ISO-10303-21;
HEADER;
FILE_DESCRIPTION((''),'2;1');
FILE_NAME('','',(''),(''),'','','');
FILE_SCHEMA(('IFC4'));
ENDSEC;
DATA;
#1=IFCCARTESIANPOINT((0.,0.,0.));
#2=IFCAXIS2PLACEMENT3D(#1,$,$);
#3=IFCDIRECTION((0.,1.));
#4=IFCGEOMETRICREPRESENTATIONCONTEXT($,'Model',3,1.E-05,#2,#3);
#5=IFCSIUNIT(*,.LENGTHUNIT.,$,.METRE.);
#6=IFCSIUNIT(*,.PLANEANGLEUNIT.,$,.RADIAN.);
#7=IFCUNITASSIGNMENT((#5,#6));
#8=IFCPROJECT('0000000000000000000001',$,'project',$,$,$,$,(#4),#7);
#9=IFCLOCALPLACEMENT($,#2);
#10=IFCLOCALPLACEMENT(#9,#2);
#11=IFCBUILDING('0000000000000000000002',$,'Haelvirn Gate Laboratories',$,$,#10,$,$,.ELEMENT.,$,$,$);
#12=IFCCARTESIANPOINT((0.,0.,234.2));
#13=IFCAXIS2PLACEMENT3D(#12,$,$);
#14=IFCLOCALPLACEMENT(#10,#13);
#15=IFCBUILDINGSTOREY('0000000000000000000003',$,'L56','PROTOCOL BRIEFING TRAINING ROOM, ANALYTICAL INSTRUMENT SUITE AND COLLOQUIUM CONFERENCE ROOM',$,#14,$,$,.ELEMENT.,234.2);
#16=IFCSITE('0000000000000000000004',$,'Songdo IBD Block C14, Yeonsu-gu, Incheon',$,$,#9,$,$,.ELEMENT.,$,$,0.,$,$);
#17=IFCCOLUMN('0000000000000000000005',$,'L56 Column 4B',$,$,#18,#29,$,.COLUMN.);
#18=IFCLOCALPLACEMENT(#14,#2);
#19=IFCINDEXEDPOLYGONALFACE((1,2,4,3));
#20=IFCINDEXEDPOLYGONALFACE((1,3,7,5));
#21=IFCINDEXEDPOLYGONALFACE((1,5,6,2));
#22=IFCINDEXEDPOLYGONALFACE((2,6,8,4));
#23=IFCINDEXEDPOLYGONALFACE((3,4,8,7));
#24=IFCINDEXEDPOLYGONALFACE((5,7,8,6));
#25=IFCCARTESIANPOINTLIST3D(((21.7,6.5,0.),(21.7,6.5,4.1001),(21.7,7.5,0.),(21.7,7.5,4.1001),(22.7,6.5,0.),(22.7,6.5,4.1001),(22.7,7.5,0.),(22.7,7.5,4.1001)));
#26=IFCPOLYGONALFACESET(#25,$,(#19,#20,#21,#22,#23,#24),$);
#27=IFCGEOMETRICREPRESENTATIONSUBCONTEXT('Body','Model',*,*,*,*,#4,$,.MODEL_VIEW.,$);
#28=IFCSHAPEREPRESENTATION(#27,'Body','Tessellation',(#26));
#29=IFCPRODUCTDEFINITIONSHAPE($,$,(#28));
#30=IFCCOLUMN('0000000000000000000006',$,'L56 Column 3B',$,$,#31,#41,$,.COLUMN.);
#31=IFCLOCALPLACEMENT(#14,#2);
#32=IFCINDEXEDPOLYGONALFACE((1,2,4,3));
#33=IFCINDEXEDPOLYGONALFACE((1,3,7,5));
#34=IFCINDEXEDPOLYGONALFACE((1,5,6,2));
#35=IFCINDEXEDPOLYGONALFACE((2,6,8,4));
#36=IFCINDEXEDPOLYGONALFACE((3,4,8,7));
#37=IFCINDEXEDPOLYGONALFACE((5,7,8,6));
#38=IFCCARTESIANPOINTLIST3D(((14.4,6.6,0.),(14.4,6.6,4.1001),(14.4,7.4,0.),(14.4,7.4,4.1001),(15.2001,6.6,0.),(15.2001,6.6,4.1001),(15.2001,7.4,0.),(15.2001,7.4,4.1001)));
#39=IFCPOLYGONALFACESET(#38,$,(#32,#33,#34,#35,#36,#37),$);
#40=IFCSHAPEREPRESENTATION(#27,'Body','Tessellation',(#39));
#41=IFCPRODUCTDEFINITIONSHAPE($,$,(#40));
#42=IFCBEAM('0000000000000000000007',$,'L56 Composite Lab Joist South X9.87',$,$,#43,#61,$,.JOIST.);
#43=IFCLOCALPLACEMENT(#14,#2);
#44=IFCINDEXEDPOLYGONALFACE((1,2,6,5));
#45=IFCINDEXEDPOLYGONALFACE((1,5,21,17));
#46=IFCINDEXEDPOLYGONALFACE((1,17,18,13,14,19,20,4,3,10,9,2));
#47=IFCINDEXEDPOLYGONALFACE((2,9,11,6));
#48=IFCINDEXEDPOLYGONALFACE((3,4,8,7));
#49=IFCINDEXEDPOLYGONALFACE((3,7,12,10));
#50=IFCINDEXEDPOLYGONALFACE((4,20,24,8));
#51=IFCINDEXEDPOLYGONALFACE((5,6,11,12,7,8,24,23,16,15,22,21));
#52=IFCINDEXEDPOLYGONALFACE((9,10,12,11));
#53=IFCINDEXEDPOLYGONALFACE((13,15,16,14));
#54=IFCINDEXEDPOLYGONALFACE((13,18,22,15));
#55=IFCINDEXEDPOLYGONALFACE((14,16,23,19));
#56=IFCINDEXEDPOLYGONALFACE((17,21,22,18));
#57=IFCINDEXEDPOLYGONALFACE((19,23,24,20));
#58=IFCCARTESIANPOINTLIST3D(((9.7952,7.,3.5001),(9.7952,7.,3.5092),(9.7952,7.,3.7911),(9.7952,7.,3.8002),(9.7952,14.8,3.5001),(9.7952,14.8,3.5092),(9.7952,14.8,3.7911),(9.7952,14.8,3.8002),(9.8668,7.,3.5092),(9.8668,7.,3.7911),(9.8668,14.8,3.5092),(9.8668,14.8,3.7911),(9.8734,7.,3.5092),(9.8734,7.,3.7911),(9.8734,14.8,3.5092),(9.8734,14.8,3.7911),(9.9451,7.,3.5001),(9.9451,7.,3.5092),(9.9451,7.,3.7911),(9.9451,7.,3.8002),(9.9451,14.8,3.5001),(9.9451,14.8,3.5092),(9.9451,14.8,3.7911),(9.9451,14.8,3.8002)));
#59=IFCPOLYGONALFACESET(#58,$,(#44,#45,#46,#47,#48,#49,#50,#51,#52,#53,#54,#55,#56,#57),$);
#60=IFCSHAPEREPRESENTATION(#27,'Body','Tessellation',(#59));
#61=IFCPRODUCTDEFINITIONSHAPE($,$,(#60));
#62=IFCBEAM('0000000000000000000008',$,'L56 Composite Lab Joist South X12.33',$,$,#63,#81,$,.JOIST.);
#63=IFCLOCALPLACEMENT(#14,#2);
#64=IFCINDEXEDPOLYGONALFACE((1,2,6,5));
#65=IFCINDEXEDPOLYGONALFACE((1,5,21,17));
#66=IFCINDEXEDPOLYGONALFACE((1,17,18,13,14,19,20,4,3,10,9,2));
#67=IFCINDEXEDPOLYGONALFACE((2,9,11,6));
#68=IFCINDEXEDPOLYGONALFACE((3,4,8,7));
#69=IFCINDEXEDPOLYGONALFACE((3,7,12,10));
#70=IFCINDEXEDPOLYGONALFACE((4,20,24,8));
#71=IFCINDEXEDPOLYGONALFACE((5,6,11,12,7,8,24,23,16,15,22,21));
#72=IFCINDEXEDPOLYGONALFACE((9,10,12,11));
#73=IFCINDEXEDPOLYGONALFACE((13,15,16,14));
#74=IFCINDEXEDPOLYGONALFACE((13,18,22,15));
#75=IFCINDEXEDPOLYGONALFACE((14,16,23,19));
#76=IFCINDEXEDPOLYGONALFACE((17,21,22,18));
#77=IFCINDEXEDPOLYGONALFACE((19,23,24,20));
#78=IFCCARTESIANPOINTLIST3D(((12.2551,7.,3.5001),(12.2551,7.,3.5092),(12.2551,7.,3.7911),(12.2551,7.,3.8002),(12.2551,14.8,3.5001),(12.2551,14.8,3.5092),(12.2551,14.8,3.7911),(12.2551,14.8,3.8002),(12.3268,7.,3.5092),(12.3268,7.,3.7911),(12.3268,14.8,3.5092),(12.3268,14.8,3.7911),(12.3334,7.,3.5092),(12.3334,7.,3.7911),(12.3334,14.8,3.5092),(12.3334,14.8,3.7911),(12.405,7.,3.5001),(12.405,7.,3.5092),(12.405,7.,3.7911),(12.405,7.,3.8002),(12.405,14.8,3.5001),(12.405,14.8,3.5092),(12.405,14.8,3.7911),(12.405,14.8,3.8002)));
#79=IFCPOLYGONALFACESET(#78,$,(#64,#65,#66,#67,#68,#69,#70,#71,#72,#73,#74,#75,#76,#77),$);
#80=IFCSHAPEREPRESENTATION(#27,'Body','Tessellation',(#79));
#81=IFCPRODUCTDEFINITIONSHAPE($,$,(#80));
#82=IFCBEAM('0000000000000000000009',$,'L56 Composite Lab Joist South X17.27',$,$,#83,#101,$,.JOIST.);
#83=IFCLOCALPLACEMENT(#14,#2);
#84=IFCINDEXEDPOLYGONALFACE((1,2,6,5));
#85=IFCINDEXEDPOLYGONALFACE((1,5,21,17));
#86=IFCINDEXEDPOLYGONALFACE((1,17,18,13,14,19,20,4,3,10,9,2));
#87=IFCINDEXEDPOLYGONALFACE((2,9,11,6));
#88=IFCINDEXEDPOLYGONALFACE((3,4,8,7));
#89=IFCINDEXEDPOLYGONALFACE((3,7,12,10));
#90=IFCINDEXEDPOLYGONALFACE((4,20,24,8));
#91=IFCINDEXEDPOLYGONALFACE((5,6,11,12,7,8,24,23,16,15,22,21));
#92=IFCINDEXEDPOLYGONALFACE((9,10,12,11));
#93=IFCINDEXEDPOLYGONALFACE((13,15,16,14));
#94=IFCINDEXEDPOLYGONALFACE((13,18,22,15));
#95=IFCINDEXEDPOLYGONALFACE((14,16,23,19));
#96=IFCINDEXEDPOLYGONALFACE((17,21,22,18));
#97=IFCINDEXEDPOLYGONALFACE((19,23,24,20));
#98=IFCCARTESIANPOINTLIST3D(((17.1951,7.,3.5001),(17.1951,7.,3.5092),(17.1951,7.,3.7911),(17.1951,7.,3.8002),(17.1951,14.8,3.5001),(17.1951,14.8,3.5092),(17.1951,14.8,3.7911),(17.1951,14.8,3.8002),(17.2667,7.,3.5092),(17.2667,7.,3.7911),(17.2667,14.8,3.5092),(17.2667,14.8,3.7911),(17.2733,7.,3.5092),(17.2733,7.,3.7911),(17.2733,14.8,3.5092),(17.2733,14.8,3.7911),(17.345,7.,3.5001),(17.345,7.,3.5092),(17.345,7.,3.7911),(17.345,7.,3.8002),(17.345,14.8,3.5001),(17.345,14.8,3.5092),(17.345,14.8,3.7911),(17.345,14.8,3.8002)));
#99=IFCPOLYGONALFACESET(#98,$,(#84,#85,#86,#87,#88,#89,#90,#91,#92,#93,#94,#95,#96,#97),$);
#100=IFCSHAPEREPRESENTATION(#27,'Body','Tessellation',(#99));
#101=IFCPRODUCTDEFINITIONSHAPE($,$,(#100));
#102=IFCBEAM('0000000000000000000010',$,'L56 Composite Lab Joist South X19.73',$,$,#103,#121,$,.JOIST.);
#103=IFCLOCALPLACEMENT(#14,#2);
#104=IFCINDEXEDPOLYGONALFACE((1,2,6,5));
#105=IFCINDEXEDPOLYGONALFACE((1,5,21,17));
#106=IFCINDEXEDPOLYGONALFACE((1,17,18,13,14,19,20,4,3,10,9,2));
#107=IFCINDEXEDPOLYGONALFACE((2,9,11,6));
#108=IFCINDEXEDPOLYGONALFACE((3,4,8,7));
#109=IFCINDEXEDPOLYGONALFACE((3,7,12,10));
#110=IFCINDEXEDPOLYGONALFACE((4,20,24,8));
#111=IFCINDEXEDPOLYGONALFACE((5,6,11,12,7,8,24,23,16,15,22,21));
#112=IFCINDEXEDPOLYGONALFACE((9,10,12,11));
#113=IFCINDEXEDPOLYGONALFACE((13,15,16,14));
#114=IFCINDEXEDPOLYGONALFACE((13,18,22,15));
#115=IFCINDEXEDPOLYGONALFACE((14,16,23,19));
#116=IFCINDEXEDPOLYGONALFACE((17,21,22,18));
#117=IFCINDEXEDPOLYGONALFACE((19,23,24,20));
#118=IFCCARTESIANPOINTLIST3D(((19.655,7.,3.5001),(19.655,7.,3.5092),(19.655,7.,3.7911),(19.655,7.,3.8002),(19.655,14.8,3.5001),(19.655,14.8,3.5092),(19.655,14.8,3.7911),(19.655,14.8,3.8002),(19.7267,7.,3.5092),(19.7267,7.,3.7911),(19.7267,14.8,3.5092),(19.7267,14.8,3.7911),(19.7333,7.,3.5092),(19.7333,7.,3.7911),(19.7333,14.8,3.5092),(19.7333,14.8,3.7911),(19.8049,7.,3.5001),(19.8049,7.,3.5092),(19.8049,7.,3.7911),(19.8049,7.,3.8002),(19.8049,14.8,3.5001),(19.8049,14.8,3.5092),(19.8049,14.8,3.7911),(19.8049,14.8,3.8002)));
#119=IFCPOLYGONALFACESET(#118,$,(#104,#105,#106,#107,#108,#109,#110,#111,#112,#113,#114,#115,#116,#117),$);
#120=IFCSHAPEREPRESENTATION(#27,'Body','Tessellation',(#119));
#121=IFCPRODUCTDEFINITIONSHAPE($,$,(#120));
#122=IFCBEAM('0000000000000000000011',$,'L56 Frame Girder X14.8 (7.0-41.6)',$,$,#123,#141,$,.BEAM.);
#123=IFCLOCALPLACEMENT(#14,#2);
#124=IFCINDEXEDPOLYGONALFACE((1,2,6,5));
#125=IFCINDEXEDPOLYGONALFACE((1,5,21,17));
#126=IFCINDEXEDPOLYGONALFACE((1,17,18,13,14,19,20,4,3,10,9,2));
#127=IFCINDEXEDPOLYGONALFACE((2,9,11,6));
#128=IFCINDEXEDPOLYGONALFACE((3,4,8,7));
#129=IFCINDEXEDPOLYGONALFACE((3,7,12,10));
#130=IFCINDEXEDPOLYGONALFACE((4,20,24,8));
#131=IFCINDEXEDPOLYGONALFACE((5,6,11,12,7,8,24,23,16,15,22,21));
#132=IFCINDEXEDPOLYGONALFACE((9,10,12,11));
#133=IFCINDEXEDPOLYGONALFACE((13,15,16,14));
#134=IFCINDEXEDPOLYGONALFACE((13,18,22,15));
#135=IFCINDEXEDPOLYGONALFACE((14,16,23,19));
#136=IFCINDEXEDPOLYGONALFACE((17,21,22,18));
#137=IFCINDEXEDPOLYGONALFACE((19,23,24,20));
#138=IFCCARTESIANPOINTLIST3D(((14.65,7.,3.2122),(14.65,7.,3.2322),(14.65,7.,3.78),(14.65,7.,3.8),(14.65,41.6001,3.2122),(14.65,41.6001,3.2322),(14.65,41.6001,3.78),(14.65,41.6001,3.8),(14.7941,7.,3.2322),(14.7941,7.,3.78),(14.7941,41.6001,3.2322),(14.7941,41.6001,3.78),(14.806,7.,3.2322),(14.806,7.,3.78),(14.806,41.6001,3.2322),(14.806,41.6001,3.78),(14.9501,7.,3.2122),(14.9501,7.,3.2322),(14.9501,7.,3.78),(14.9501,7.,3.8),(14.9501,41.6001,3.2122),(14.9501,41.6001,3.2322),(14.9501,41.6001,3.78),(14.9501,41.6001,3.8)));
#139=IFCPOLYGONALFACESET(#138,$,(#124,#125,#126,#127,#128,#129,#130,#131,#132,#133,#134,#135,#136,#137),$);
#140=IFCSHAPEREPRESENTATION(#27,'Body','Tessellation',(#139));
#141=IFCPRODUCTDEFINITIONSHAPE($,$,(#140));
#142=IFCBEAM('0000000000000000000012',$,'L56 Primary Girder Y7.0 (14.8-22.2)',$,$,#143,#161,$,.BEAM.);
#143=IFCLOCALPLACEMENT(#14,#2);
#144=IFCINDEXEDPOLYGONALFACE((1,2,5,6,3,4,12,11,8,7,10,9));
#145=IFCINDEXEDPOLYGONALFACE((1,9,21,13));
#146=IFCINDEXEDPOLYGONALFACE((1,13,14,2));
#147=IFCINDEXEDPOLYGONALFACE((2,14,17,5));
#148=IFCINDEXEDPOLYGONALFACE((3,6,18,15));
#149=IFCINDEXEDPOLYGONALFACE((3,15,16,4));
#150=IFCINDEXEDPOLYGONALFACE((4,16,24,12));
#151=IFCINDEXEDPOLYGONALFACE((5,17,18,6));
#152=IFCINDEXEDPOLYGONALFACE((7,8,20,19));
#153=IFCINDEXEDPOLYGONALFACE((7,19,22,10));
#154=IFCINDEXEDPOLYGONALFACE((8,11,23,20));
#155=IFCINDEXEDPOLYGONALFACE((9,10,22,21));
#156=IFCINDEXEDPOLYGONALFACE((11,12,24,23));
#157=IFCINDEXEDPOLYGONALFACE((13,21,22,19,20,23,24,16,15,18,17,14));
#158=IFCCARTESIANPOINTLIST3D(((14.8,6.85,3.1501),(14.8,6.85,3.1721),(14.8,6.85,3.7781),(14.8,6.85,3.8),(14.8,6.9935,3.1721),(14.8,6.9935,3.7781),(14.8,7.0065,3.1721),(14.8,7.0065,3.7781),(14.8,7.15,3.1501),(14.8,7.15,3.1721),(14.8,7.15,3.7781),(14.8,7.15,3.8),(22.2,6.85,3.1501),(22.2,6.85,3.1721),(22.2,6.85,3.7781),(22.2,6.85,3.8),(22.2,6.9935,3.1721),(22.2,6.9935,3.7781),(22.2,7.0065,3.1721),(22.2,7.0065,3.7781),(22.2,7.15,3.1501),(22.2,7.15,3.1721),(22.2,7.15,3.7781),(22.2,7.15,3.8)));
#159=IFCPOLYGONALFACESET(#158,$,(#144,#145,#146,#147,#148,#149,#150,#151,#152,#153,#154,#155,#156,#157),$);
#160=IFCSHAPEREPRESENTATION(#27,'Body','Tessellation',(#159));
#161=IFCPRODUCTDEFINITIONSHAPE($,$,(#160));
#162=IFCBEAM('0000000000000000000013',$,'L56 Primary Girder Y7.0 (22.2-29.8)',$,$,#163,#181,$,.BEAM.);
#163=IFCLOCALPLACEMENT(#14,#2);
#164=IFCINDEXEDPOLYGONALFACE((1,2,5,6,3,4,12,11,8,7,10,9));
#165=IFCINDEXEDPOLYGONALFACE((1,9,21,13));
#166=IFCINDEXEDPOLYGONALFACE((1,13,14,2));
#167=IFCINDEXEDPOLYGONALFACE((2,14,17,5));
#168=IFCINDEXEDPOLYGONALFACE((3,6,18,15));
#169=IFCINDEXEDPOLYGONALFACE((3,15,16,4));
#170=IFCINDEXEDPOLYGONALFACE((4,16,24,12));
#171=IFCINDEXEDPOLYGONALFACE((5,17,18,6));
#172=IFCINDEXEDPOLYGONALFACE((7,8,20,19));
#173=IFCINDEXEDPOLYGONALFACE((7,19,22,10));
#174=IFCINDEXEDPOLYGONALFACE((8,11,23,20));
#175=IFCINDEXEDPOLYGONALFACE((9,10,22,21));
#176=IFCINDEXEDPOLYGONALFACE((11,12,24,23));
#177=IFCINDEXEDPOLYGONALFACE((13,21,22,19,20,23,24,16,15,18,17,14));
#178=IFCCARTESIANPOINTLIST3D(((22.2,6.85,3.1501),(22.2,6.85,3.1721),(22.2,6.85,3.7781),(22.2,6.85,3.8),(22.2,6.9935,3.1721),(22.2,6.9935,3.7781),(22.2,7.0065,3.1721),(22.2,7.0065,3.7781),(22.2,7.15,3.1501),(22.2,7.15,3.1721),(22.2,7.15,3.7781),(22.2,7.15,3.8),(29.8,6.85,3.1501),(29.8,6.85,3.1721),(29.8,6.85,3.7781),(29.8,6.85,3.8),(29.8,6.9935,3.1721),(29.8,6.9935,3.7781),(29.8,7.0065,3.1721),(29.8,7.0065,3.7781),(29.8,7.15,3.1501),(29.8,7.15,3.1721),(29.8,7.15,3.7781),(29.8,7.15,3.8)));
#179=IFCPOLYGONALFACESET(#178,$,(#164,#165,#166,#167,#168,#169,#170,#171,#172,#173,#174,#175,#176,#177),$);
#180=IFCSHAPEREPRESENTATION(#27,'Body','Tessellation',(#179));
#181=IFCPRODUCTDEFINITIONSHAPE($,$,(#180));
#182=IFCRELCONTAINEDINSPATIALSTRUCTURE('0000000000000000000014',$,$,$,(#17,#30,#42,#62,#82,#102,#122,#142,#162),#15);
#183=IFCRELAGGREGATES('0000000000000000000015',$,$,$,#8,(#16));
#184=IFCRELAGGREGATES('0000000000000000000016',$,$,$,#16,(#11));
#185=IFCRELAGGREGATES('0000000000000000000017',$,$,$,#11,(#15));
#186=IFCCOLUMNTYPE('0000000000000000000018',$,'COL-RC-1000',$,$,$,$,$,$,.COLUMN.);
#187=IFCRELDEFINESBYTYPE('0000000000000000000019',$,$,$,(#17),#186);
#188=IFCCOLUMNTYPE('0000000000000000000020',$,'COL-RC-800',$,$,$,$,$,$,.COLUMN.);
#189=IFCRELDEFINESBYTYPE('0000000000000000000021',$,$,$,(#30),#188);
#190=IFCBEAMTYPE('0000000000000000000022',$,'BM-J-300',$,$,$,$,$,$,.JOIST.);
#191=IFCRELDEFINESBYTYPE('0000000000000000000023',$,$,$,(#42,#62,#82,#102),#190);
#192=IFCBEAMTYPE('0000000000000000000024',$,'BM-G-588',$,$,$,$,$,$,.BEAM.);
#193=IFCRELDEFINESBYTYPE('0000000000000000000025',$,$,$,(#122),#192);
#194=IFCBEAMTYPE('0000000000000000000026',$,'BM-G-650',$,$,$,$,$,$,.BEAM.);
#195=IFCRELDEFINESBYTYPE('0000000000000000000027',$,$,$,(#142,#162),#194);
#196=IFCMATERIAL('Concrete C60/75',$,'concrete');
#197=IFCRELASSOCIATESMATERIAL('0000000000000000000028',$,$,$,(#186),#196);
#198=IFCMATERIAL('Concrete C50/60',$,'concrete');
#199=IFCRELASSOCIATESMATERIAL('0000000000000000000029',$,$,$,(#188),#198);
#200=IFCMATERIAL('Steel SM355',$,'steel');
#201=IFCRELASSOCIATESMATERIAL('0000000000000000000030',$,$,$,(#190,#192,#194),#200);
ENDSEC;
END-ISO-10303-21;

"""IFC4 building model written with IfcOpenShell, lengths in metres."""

from ifc_helpers import new_model, si_unit, direction, frame, origin, origin_2d, place, context, subcontext, project, spatial, rectangle, i_section, extrude, source, transform, mapped, material, material_profile, profile_set, type_object, type_shapes, element, save


model = new_model("IFC4")

# Units and contexts
model_context = context("Model", 3, precision=1e-05, world=origin(), true_north=direction((0.0, 1.0)))
body_context = subcontext(model_context, "Body", "Model", "MODEL_VIEW")
ifc_project = project(units=[si_unit("LENGTHUNIT", "METRE"), si_unit("PLANEANGLEUNIT", "RADIAN")], contexts=[model_context])

# Site, building, storey
site_placement = place(None, origin())
site = spatial("IfcSite", under=ifc_project, at=site_placement, Name="Songdo IBD Block C14, Yeonsu-gu, Incheon", CompositionType="ELEMENT", RefElevation=0.0)
building_placement = place(site_placement, origin())
building = spatial("IfcBuilding", under=site, at=building_placement, Name="Haelvirn Gate Laboratories", CompositionType="ELEMENT")
storey_placement = place(building_placement, frame((0.0, 0.0, 234.2)))
storey = spatial("IfcBuildingStorey", under=building, at=storey_placement, Name="L56", Description="PROTOCOL BRIEFING TRAINING ROOM, ANALYTICAL INSTRUMENT SUITE AND COLLOQUIUM CONFERENCE ROOM", CompositionType="ELEMENT", Elevation=234.2)

# Columns
ifc_material_1 = material(Name="Concrete C60/75", Category="concrete")
ifc_material_profile_1 = material_profile(ifc_material_1, rectangle(XDim=1.0, YDim=1.0, at=origin_2d()), Name="RC-1000x1000")
ifc_profile_set_1 = profile_set([ifc_material_profile_1], Name="Concrete C60/75")
column_type_1 = type_object("IfcColumnType", Name="COL-RC-1000", PredefinedType="COLUMN", material=ifc_profile_set_1)
shared_shape_1 = source(origin(), body_context, "Body", "SweptSolid", [
    extrude(rectangle(XDim=1.0, YDim=1.0, at=origin_2d()), origin(), (0.0, 0.0, 1.0), 4.1001),
])
type_shapes(column_type_1, [shared_shape_1])
column_1_placement = place(storey_placement, frame((22.2, 7.0, 0.0), z_axis=(0.0, 0.0, 1.0), x_axis=(1.0, 0.0, 0.0)))
element("IfcColumn", 1, at=column_1_placement, inside=storey, type_object=column_type_1, Name="L56 Column 4B", PredefinedType="COLUMN", context=body_context, shape_type="MappedRepresentation", body=[
    mapped(shared_shape_1, transform((0.0, 0.0, 0.0), scale=1.0)),
])
ifc_material_2 = material(Name="Concrete C50/60", Category="concrete")
ifc_material_profile_2 = material_profile(ifc_material_2, rectangle(XDim=0.8, YDim=0.8, at=origin_2d()), Name="RC-800x800")
ifc_profile_set_2 = profile_set([ifc_material_profile_2], Name="Concrete C50/60")
column_type_2 = type_object("IfcColumnType", Name="COL-RC-800", PredefinedType="COLUMN", material=ifc_profile_set_2)
shared_shape_2 = source(origin(), body_context, "Body", "SweptSolid", [
    extrude(rectangle(XDim=0.8, YDim=0.8, at=origin_2d()), origin(), (0.0, 0.0, 1.0), 4.1001),
])
type_shapes(column_type_2, [shared_shape_2])
column_2_placement = place(storey_placement, frame((14.8, 7.0, 0.0), z_axis=(0.0, 0.0, 1.0), x_axis=(1.0, 0.0, 0.0)))
element("IfcColumn", 2, at=column_2_placement, inside=storey, type_object=column_type_2, Name="L56 Column 3B", PredefinedType="COLUMN", context=body_context, shape_type="MappedRepresentation", body=[
    mapped(shared_shape_2, transform((0.0, 0.0, 0.0), scale=1.0)),
])

# Beams
ifc_material_3 = material(Name="Steel SM355", Category="steel")
ifc_material_profile_3 = material_profile(ifc_material_3, i_section(OverallWidth=0.1499, OverallDepth=0.3, WebThickness=0.0066, FlangeThickness=0.009, at=origin_2d()), Name="H-300x150x6.5x9")
ifc_profile_set_3 = profile_set([ifc_material_profile_3], Name="Steel SM355")
beam_type_1 = type_object("IfcBeamType", Name="BM-J-300", PredefinedType="JOIST", material=ifc_profile_set_3)
shared_shape_3 = source(origin(), body_context, "Body", "SweptSolid", [
    extrude(i_section(OverallWidth=0.1499, OverallDepth=0.3, WebThickness=0.0066, FlangeThickness=0.009, at=origin_2d()), origin(), (0.0, 0.0, 1.0), 7.8),
])
type_shapes(beam_type_1, [shared_shape_3])
for number, where, z_axis, x_axis, name in (
    (3, (9.8701, 7.0, 3.6501), (0.0, 1.0, 0.0), (-1.0, 0.0, 0.0), "L56 Composite Lab Joist South X9.87"),
    (4, (12.3301, 7.0, 3.6501), (0.0, 1.0, 0.0), (-1.0, 0.0, 0.0), "L56 Composite Lab Joist South X12.33"),
    (5, (17.27, 7.0, 3.6501), (0.0, 1.0, 0.0), (-1.0, 0.0, 0.0), "L56 Composite Lab Joist South X17.27"),
    (6, (19.73, 7.0, 3.6501), (0.0, 1.0, 0.0), (-1.0, 0.0, 0.0), "L56 Composite Lab Joist South X19.73"),
):
    element("IfcBeam", number, at=place(storey_placement, frame(where, z_axis=z_axis, x_axis=x_axis)), inside=storey, type_object=beam_type_1, Name=name, PredefinedType="JOIST", context=body_context, shape_type="MappedRepresentation", body=[
        mapped(shared_shape_3, transform((0.0, 0.0, 0.0), scale=1.0)),
    ])
ifc_material_profile_4 = material_profile(ifc_material_3, i_section(OverallWidth=0.3, OverallDepth=0.5879, WebThickness=0.012, FlangeThickness=0.02, at=origin_2d()), Name="H-588x300x12x20")
ifc_profile_set_4 = profile_set([ifc_material_profile_4], Name="Steel SM355")
beam_type_2 = type_object("IfcBeamType", Name="BM-G-588", PredefinedType="BEAM", material=ifc_profile_set_4)
shared_shape_4 = source(origin(), body_context, "Body", "SweptSolid", [
    extrude(i_section(OverallWidth=0.3, OverallDepth=0.5879, WebThickness=0.012, FlangeThickness=0.02, at=origin_2d()), origin(), (0.0, 0.0, 1.0), 34.6001),
])
type_shapes(beam_type_2, [shared_shape_4])
beam_1_placement = place(storey_placement, frame((14.8, 7.0, 3.5061), z_axis=(0.0, 1.0, 0.0), x_axis=(-1.0, 0.0, 0.0)))
element("IfcBeam", 7, at=beam_1_placement, inside=storey, type_object=beam_type_2, Name="L56 Frame Girder X14.8 (7.0-41.6)", PredefinedType="BEAM", context=body_context, shape_type="MappedRepresentation", body=[
    mapped(shared_shape_4, transform((0.0, 0.0, 0.0), scale=1.0)),
])
ifc_material_profile_5 = material_profile(ifc_material_3, i_section(OverallWidth=0.3, OverallDepth=0.6499, WebThickness=0.0129, FlangeThickness=0.022, at=origin_2d()), Name="H-650x300x13x22")
ifc_profile_set_5 = profile_set([ifc_material_profile_5], Name="Steel SM355")
beam_type_3 = type_object("IfcBeamType", Name="BM-G-650", PredefinedType="BEAM", material=ifc_profile_set_5)
shared_shape_5 = source(origin(), body_context, "Body", "SweptSolid", [
    extrude(i_section(OverallWidth=0.3, OverallDepth=0.6499, WebThickness=0.0129, FlangeThickness=0.022, at=origin_2d()), origin(), (0.0, 0.0, 1.0), 7.3999),
])
beam_2_placement = place(storey_placement, frame((14.8, 7.0, 3.4751), z_axis=(1.0, 0.0, 0.0), x_axis=(0.0, 1.0, 0.0)))
element("IfcBeam", 8, at=beam_2_placement, inside=storey, type_object=beam_type_3, Name="L56 Primary Girder Y7.0 (14.8-22.2)", PredefinedType="BEAM", context=body_context, shape_type="MappedRepresentation", body=[
    mapped(shared_shape_5, transform((0.0, 0.0, 0.0), scale=1.0)),
])
shared_shape_6 = source(origin(), body_context, "Body", "SweptSolid", [
    extrude(i_section(OverallWidth=0.3, OverallDepth=0.6499, WebThickness=0.0129, FlangeThickness=0.022, at=origin_2d()), origin(), (0.0, 0.0, 1.0), 7.6001),
])
type_shapes(beam_type_3, [shared_shape_5, shared_shape_6])
beam_3_placement = place(storey_placement, frame((22.2, 7.0, 3.4751), z_axis=(1.0, 0.0, 0.0), x_axis=(0.0, 1.0, 0.0)))
element("IfcBeam", 9, at=beam_3_placement, inside=storey, type_object=beam_type_3, Name="L56 Primary Girder Y7.0 (22.2-29.8)", PredefinedType="BEAM", context=body_context, shape_type="MappedRepresentation", body=[
    mapped(shared_shape_6, transform((0.0, 0.0, 0.0), scale=1.0)),
])

save(model, "model.ifc")
